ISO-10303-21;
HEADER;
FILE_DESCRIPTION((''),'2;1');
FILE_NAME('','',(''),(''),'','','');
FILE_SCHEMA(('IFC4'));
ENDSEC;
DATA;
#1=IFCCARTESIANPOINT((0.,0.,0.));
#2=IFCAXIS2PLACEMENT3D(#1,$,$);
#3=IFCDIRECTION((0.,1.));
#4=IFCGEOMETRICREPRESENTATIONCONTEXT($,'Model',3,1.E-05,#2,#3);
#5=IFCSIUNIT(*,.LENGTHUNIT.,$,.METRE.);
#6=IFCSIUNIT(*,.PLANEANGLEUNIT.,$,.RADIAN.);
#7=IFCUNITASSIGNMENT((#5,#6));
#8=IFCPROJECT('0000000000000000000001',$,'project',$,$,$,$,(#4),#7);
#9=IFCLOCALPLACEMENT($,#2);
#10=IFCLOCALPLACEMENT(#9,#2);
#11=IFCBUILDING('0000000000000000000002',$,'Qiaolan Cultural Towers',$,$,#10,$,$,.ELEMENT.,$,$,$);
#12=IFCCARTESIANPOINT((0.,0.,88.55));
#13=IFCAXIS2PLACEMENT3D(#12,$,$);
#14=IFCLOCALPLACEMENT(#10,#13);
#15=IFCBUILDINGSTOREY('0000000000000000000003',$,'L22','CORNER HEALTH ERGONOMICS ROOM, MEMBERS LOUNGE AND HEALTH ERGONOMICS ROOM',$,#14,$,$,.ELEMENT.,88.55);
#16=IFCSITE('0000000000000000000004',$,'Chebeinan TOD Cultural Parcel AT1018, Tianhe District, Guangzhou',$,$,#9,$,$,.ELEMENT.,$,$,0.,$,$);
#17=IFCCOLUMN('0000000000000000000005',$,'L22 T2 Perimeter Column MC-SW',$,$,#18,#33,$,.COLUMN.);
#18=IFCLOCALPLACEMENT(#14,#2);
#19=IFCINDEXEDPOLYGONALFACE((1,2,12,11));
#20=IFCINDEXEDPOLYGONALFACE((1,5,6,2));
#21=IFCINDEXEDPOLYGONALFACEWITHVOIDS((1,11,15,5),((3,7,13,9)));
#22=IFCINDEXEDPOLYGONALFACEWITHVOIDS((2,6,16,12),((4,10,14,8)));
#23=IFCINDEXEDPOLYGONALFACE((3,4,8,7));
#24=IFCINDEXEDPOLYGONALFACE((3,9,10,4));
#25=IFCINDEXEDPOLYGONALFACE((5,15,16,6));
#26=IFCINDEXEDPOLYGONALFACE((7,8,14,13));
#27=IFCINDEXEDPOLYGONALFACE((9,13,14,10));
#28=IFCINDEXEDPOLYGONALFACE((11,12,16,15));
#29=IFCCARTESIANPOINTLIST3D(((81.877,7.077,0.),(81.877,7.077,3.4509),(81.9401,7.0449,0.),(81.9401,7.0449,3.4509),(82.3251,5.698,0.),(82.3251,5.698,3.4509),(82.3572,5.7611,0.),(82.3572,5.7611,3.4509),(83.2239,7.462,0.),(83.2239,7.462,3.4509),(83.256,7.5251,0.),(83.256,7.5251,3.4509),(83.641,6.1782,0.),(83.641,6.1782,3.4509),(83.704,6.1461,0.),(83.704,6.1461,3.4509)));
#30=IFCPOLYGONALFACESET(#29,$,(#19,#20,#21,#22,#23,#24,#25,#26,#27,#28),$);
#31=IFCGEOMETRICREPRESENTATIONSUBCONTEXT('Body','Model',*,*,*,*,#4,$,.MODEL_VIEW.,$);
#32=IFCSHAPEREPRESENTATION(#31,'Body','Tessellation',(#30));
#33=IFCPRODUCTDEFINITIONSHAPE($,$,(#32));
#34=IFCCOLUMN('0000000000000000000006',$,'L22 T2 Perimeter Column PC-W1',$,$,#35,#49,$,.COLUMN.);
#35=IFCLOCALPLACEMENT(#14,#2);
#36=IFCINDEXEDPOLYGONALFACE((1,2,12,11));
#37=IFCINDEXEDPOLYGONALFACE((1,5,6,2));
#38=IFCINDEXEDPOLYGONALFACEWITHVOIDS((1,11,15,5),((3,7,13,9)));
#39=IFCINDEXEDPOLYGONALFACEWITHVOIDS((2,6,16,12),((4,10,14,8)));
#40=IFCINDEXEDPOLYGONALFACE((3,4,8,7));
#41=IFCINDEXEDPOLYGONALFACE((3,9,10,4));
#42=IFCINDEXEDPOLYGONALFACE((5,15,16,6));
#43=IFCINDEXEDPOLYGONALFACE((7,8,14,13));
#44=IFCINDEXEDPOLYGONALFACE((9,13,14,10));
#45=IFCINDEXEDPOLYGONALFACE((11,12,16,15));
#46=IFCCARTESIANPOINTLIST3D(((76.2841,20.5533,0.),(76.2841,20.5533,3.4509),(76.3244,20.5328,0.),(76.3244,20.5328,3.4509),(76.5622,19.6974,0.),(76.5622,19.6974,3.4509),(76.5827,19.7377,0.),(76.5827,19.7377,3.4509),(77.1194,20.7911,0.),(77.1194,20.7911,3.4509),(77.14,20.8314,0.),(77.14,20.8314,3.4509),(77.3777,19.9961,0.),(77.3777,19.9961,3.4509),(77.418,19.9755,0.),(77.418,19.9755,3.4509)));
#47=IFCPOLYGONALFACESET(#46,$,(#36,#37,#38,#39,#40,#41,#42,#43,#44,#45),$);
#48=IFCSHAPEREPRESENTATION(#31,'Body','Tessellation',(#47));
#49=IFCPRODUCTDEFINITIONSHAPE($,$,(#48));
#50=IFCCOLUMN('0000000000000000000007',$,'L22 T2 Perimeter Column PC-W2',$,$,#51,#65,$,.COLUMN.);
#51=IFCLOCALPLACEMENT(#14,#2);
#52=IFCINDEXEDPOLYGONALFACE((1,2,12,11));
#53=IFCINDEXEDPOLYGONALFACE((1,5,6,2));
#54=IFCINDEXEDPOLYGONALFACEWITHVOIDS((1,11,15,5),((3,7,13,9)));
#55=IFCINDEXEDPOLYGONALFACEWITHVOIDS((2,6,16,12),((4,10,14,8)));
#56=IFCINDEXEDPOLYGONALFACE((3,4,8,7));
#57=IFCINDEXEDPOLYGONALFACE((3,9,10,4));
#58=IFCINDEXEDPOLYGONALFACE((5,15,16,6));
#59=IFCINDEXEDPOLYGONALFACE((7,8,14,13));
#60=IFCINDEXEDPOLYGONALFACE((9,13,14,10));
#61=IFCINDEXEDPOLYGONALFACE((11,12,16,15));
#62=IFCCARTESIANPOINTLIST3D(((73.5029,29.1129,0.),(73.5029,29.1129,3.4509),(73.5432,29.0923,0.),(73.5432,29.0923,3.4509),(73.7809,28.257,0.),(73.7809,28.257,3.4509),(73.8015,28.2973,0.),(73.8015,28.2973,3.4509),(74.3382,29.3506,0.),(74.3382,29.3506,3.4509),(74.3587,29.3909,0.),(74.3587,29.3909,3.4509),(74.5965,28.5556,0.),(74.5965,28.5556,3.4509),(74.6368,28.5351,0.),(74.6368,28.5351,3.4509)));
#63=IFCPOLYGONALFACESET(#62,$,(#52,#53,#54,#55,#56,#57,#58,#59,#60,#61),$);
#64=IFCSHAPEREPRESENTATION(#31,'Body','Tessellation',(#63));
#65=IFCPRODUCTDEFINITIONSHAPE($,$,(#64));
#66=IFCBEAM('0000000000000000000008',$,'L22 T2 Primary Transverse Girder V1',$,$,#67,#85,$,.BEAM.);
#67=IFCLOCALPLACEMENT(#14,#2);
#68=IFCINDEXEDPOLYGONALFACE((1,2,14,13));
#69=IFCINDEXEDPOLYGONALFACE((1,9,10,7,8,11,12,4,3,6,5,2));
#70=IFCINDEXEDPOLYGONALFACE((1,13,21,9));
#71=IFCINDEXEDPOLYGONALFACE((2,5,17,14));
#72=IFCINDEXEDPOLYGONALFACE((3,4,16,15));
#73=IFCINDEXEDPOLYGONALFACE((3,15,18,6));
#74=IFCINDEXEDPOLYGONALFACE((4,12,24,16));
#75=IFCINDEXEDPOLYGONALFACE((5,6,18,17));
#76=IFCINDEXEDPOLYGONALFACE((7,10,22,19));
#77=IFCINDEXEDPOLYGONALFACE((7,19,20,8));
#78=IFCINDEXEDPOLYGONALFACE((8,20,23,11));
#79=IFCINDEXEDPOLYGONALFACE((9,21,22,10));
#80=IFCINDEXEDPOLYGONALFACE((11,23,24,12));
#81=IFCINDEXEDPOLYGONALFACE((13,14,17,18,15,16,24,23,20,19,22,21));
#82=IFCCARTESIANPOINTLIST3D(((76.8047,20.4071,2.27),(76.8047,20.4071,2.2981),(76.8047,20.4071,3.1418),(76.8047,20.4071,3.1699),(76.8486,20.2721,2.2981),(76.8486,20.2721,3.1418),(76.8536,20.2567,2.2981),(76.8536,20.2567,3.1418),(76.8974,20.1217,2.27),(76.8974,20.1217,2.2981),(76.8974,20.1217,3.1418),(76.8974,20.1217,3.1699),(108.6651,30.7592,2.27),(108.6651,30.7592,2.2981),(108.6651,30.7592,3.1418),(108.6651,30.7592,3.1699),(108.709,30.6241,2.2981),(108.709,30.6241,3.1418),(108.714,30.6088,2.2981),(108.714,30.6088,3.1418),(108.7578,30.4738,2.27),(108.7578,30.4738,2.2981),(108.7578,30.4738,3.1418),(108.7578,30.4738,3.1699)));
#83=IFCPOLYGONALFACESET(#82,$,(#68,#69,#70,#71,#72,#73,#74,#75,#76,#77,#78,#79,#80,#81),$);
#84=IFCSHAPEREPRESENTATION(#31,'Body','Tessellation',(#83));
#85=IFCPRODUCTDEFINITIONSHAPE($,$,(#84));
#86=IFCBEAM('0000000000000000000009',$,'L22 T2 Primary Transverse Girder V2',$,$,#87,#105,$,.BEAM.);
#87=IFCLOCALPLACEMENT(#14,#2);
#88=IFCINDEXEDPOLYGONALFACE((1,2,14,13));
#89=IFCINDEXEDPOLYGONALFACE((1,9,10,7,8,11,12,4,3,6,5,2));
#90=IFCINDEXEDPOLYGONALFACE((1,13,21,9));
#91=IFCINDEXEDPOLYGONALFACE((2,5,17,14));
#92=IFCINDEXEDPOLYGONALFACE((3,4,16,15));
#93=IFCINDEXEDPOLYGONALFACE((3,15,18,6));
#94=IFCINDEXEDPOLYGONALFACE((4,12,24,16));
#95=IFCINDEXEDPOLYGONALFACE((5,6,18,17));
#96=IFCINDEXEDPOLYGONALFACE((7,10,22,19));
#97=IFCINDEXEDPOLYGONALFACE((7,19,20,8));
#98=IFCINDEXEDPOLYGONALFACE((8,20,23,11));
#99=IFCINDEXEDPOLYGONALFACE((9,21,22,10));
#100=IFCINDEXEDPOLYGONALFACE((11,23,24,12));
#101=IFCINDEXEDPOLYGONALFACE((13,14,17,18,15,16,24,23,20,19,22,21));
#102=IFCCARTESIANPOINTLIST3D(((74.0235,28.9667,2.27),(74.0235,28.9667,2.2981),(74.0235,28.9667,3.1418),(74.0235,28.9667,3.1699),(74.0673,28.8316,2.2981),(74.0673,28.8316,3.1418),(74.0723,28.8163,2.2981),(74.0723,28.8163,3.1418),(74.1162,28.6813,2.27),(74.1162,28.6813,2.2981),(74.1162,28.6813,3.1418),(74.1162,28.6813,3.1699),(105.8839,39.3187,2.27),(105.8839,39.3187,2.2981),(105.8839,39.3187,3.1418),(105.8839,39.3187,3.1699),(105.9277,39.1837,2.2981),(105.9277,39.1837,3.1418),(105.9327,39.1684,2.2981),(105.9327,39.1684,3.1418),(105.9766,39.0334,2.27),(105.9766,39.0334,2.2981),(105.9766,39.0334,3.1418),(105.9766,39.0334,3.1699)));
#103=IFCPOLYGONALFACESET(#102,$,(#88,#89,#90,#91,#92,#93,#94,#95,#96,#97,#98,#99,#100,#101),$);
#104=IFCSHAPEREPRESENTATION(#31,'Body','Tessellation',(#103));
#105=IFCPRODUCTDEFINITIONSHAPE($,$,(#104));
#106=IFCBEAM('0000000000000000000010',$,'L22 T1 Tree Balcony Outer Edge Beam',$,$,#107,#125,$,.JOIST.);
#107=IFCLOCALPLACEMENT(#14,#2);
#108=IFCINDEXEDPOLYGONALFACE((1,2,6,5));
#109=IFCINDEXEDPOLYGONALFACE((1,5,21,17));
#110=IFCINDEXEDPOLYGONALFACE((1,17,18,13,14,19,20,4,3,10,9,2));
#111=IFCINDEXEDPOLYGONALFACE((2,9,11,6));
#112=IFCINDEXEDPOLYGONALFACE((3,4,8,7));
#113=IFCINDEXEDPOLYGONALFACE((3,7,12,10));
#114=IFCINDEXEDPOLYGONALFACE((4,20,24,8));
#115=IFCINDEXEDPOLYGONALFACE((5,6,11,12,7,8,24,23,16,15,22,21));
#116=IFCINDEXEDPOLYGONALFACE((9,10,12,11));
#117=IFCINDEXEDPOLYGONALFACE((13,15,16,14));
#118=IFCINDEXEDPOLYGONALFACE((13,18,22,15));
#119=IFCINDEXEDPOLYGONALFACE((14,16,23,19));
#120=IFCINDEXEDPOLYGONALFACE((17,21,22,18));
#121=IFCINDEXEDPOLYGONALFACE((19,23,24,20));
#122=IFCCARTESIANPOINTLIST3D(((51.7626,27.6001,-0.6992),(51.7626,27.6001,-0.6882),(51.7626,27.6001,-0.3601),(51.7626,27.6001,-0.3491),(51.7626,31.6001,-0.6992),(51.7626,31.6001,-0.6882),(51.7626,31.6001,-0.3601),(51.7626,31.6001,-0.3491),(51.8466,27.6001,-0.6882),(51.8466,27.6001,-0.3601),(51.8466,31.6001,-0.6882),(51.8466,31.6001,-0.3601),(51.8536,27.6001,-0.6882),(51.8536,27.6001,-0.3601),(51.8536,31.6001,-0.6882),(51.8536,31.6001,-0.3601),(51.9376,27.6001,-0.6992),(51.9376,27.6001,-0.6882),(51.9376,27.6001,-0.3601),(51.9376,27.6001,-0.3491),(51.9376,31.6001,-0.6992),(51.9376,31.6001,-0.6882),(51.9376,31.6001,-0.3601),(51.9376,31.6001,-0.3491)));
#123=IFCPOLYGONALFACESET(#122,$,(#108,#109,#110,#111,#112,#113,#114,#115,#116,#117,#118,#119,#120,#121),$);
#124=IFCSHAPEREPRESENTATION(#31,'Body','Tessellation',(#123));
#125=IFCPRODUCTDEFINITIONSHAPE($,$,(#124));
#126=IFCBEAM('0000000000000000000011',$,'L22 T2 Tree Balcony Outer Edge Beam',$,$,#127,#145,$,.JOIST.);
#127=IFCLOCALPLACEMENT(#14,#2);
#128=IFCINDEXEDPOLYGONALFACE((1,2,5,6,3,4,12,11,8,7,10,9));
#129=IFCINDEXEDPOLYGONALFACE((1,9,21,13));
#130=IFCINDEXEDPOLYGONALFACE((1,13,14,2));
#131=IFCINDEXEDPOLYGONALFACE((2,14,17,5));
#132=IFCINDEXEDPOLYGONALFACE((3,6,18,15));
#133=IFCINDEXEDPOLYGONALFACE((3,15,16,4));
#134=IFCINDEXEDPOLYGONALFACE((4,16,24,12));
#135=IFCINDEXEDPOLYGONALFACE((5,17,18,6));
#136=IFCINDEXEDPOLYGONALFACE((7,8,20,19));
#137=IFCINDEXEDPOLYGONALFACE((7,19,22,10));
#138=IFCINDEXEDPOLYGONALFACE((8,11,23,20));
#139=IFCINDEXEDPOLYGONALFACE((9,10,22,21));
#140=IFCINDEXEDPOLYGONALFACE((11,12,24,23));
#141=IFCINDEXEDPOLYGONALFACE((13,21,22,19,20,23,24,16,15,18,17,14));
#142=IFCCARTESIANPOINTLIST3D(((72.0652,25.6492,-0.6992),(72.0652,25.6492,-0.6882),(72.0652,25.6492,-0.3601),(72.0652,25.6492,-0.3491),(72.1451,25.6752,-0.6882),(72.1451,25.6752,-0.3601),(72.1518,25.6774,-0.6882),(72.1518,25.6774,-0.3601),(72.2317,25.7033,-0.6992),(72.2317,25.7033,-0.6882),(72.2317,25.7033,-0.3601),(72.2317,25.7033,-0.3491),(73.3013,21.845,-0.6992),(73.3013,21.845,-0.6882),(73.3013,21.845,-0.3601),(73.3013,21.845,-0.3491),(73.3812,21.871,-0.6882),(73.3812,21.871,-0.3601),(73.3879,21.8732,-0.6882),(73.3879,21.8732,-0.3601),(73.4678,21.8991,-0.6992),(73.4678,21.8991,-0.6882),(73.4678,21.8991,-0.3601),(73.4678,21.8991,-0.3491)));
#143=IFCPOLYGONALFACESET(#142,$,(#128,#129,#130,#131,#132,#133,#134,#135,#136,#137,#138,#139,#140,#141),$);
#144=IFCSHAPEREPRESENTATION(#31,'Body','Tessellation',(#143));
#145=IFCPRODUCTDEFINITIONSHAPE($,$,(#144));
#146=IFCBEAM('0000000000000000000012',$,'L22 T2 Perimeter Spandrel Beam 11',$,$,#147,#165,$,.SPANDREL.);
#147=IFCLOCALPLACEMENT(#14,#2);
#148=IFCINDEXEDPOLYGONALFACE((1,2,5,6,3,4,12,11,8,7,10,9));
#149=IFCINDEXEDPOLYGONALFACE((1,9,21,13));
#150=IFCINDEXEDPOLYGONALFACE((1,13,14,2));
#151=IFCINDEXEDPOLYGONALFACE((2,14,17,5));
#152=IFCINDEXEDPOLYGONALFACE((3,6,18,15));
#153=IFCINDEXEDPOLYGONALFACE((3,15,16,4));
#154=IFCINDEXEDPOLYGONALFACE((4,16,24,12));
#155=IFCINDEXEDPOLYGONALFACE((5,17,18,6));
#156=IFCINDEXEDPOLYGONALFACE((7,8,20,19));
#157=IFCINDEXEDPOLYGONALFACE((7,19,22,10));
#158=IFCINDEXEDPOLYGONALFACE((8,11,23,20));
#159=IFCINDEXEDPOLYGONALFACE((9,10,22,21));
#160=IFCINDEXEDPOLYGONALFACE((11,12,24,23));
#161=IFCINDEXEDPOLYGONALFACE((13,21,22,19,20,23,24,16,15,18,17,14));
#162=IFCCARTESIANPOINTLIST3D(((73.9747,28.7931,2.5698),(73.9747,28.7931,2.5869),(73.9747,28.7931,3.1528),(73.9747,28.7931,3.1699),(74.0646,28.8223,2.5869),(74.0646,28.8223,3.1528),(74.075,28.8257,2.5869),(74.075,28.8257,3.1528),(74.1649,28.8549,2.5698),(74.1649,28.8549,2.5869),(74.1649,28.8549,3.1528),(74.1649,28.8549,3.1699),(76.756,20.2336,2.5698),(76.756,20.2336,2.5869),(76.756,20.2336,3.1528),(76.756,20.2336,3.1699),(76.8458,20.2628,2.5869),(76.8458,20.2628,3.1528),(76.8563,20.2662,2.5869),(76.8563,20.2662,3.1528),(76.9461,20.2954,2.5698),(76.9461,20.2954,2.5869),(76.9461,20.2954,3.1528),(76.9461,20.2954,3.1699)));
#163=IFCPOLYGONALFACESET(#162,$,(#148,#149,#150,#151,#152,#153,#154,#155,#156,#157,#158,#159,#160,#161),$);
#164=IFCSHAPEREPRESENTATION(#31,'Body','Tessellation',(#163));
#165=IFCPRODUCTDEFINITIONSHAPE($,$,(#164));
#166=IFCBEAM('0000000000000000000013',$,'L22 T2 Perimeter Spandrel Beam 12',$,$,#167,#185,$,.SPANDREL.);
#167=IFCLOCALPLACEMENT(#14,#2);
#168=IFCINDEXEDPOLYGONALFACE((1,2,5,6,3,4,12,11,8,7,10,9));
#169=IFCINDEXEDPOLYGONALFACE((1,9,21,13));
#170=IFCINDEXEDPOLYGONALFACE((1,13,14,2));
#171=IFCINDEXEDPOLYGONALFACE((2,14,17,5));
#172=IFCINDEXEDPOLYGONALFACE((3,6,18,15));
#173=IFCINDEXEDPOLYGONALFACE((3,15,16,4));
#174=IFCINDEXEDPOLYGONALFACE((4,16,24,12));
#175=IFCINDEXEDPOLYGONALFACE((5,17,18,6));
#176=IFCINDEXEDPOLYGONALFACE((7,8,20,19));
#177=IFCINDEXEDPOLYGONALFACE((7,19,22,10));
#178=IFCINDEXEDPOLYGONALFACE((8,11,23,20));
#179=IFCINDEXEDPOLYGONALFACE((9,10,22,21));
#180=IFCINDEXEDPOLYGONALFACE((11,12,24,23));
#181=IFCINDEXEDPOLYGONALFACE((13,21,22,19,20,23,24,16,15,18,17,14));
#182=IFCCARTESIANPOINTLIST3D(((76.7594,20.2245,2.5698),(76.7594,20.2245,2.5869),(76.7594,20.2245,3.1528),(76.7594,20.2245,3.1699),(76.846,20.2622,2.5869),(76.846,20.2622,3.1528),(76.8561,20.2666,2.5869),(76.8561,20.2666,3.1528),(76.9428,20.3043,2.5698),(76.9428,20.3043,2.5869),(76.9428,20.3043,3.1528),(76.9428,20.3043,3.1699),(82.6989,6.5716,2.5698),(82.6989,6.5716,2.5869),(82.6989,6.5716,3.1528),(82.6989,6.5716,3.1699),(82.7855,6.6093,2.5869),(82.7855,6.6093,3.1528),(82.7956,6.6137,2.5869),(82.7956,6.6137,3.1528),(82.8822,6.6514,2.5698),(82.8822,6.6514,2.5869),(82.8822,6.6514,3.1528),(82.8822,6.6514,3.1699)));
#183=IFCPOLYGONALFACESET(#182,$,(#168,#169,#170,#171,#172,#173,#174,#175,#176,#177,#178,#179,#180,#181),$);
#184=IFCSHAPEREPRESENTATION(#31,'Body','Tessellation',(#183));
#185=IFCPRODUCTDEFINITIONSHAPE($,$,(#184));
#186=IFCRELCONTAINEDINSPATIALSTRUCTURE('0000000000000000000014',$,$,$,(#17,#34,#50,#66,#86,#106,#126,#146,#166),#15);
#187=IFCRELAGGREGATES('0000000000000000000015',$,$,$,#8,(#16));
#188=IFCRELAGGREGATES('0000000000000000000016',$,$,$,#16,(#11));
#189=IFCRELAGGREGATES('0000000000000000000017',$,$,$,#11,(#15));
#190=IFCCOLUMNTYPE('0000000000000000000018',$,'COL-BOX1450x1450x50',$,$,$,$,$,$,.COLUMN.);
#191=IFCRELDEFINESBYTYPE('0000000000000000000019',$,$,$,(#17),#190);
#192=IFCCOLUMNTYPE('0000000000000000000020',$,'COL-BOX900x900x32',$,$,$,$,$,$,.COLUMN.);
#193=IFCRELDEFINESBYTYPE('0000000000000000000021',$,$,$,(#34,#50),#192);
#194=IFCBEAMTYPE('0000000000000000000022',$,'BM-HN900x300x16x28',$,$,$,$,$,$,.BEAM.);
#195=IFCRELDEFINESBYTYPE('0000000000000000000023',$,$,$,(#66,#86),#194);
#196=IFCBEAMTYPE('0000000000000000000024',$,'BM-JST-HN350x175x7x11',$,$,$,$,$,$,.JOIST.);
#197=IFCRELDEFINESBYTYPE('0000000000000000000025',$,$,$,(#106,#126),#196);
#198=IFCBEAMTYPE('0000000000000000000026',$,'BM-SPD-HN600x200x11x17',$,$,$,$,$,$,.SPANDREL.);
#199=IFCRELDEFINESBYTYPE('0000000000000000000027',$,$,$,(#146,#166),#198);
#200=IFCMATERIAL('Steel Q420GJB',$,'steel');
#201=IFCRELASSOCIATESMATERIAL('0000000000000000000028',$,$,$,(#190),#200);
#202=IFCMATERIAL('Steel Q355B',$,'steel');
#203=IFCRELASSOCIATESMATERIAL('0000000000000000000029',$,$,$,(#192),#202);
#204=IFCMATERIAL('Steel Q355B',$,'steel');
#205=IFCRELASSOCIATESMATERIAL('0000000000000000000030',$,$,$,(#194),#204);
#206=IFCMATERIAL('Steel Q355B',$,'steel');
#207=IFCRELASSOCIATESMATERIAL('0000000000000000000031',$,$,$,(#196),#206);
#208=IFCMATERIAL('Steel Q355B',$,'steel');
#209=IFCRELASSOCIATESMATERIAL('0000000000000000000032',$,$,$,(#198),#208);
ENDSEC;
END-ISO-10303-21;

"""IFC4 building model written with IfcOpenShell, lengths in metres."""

from ifc_helpers import new_model, si_unit, direction, frame, origin, origin_2d, place, context, subcontext, project, spatial, hollow_rectangle, i_section, extrude, material, material_profile, profile_set, type_object, element, save


model = new_model("IFC4")

# Units and contexts
model_context = context("Model", 3, precision=1e-05, world=origin(), true_north=direction((0.0, 1.0)))
body_context = subcontext(model_context, "Body", "Model", "MODEL_VIEW")
ifc_project = project(units=[si_unit("LENGTHUNIT", "METRE"), si_unit("PLANEANGLEUNIT", "RADIAN")], contexts=[model_context])

# Site, building, storey
site_placement = place(None, origin())
site = spatial("IfcSite", under=ifc_project, at=site_placement, Name="Chebeinan TOD Cultural Parcel AT1018, Tianhe District, Guangzhou", CompositionType="ELEMENT", RefElevation=0.0)
building_placement = place(site_placement, origin())
building = spatial("IfcBuilding", under=site, at=building_placement, Name="Qiaolan Cultural Towers", CompositionType="ELEMENT")
storey_placement = place(building_placement, frame((0.0, 0.0, 88.55)))
storey = spatial("IfcBuildingStorey", under=building, at=storey_placement, Name="L22", Description="CORNER HEALTH ERGONOMICS ROOM, MEMBERS LOUNGE AND HEALTH ERGONOMICS ROOM", CompositionType="ELEMENT", Elevation=88.55)

# Columns
ifc_material_1 = material(Name="Steel Q420GJB", Category="steel")
ifc_material_profile_1 = material_profile(ifc_material_1, hollow_rectangle(XDim=1.45, YDim=1.45, WallThickness=0.05, at=origin_2d()), Name="BOX1450x1450x50")
ifc_profile_set_1 = profile_set([ifc_material_profile_1], Name="Steel Q420GJB")
column_type_1 = type_object("IfcColumnType", Name="COL-BOX1450x1450x50", PredefinedType="COLUMN", material=ifc_profile_set_1)
column_placement = place(storey_placement, frame((82.7905, 6.6116, 0.0), z_axis=(0.0, 0.0, 1.0), x_axis=(0.951057, 0.309017, 0.0)))
element("IfcColumn", 1, at=column_placement, inside=storey, type_object=column_type_1, Name="L22 T2 Perimeter Column MC-SW", PredefinedType="COLUMN", context=body_context, shape_type="SweptSolid", body=[
    extrude(hollow_rectangle(XDim=1.45, YDim=1.45, WallThickness=0.05, at=origin_2d()), origin(), (0.0, 0.0, 1.0), 3.4509),
])
ifc_material_2 = material(Name="Steel Q355B", Category="steel")
ifc_material_profile_2 = material_profile(ifc_material_2, hollow_rectangle(XDim=0.8999, YDim=0.8999, WallThickness=0.032, at=origin_2d()), Name="BOX900x900x32")
ifc_profile_set_2 = profile_set([ifc_material_profile_2], Name="Steel Q355B")
column_type_2 = type_object("IfcColumnType", Name="COL-BOX900x900x32", PredefinedType="COLUMN", material=ifc_profile_set_2)
for number, where, z_axis, x_axis, name in (
    (2, (76.8511, 20.2644, 0.0), (0.0, 0.0, 1.0), (0.951057, 0.309017, 0.0), "L22 T2 Perimeter Column PC-W1"),
    (3, (74.0698, 28.824, 0.0), (0.0, 0.0, 1.0), (0.951057, 0.309017, 0.0), "L22 T2 Perimeter Column PC-W2"),
):
    element("IfcColumn", number, at=place(storey_placement, frame(where, z_axis=z_axis, x_axis=x_axis)), inside=storey, type_object=column_type_2, Name=name, PredefinedType="COLUMN", context=body_context, shape_type="SweptSolid", body=[
        extrude(hollow_rectangle(XDim=0.8999, YDim=0.8999, WallThickness=0.032, at=origin_2d()), origin(), (0.0, 0.0, 1.0), 3.4509),
    ])

# Beams
ifc_material_3 = material(Name="Steel Q355B", Category="steel")
ifc_material_profile_3 = material_profile(ifc_material_3, i_section(OverallWidth=0.3, OverallDepth=0.8999, WebThickness=0.0161, FlangeThickness=0.0281, at=origin_2d()), Name="HN900x300x16x28")
ifc_profile_set_3 = profile_set([ifc_material_profile_3], Name="Steel Q355B")
beam_type_1 = type_object("IfcBeamType", Name="BM-HN900x300x16x28", PredefinedType="BEAM", material=ifc_profile_set_3)
for number, where, z_axis, x_axis, name in (
    (4, (76.8511, 20.2644, 2.72), (0.951057, 0.309017, 0.0), (-0.309017, 0.951057, 0.0), "L22 T2 Primary Transverse Girder V1"),
    (5, (74.0698, 28.824, 2.72), (0.951057, 0.309017, 0.0), (-0.309017, 0.951057, 0.0), "L22 T2 Primary Transverse Girder V2"),
):
    element("IfcBeam", number, at=place(storey_placement, frame(where, z_axis=z_axis, x_axis=x_axis)), inside=storey, type_object=beam_type_1, Name=name, PredefinedType="BEAM", context=body_context, shape_type="SweptSolid", body=[
        extrude(i_section(OverallWidth=0.3, OverallDepth=0.8999, WebThickness=0.0161, FlangeThickness=0.0281, at=origin_2d()), origin(), (0.0, 0.0, 1.0), 33.5),
    ])
ifc_material_4 = material(Name="Steel Q355B", Category="steel")
ifc_material_profile_4 = material_profile(ifc_material_4, i_section(OverallWidth=0.175, OverallDepth=0.3501, WebThickness=0.0071, FlangeThickness=0.011, at=origin_2d()), Name="HN350x175x7x11")
ifc_profile_set_4 = profile_set([ifc_material_profile_4], Name="Steel Q355B")
beam_type_2 = type_object("IfcBeamType", Name="BM-JST-HN350x175x7x11", PredefinedType="JOIST", material=ifc_profile_set_4)
for number, where, z_axis, x_axis, name in (
    (6, (51.8501, 27.6001, -0.5242), (0.0, 1.0, 0.0), (-1.0, 0.0, 0.0), "L22 T1 Tree Balcony Outer Edge Beam"),
    (7, (73.3845, 21.8721, -0.5242), (-0.309023, 0.951055, 0.0), (-0.951055, -0.309023, 0.0), "L22 T2 Tree Balcony Outer Edge Beam"),
):
    element("IfcBeam", number, at=place(storey_placement, frame(where, z_axis=z_axis, x_axis=x_axis)), inside=storey, type_object=beam_type_2, Name=name, PredefinedType="JOIST", context=body_context, shape_type="SweptSolid", body=[
        extrude(i_section(OverallWidth=0.175, OverallDepth=0.3501, WebThickness=0.0071, FlangeThickness=0.011, at=origin_2d()), origin(), (0.0, 0.0, 1.0), 4.0),
    ])
ifc_material_5 = material(Name="Steel Q355B", Category="steel")
ifc_material_profile_5 = material_profile(ifc_material_5, i_section(OverallWidth=0.2, OverallDepth=0.6001, WebThickness=0.011, FlangeThickness=0.0171, at=origin_2d()), Name="HN600x200x11x17")
ifc_profile_set_5 = profile_set([ifc_material_profile_5], Name="Steel Q355B")
beam_type_3 = type_object("IfcBeamType", Name="BM-SPD-HN600x200x11x17", PredefinedType="SPANDREL", material=ifc_profile_set_5)
beam_1_placement = place(storey_placement, frame((74.0698, 28.824, 2.8699), z_axis=(0.309025, -0.951054, 0.0), x_axis=(0.951054, 0.309025, 0.0)))
element("IfcBeam", 8, at=beam_1_placement, inside=storey, type_object=beam_type_3, Name="L22 T2 Perimeter Spandrel Beam 11", PredefinedType="SPANDREL", context=body_context, shape_type="SweptSolid", body=[
    extrude(i_section(OverallWidth=0.2, OverallDepth=0.6001, WebThickness=0.011, FlangeThickness=0.0171, at=origin_2d()), origin(), (0.0, 0.0, 1.0), 9.0),
])
beam_2_placement = place(storey_placement, frame((76.8511, 20.2644, 2.8699), z_axis=(0.39892, -0.916986, 0.0), x_axis=(0.916986, 0.39892, 0.0)))
element("IfcBeam", 9, at=beam_2_placement, inside=storey, type_object=beam_type_3, Name="L22 T2 Perimeter Spandrel Beam 12", PredefinedType="SPANDREL", context=body_context, shape_type="SweptSolid", body=[
    extrude(i_section(OverallWidth=0.2, OverallDepth=0.6001, WebThickness=0.011, FlangeThickness=0.0171, at=origin_2d()), origin(), (0.0, 0.0, 1.0), 14.8889),
])

save(model, "model.ifc")
